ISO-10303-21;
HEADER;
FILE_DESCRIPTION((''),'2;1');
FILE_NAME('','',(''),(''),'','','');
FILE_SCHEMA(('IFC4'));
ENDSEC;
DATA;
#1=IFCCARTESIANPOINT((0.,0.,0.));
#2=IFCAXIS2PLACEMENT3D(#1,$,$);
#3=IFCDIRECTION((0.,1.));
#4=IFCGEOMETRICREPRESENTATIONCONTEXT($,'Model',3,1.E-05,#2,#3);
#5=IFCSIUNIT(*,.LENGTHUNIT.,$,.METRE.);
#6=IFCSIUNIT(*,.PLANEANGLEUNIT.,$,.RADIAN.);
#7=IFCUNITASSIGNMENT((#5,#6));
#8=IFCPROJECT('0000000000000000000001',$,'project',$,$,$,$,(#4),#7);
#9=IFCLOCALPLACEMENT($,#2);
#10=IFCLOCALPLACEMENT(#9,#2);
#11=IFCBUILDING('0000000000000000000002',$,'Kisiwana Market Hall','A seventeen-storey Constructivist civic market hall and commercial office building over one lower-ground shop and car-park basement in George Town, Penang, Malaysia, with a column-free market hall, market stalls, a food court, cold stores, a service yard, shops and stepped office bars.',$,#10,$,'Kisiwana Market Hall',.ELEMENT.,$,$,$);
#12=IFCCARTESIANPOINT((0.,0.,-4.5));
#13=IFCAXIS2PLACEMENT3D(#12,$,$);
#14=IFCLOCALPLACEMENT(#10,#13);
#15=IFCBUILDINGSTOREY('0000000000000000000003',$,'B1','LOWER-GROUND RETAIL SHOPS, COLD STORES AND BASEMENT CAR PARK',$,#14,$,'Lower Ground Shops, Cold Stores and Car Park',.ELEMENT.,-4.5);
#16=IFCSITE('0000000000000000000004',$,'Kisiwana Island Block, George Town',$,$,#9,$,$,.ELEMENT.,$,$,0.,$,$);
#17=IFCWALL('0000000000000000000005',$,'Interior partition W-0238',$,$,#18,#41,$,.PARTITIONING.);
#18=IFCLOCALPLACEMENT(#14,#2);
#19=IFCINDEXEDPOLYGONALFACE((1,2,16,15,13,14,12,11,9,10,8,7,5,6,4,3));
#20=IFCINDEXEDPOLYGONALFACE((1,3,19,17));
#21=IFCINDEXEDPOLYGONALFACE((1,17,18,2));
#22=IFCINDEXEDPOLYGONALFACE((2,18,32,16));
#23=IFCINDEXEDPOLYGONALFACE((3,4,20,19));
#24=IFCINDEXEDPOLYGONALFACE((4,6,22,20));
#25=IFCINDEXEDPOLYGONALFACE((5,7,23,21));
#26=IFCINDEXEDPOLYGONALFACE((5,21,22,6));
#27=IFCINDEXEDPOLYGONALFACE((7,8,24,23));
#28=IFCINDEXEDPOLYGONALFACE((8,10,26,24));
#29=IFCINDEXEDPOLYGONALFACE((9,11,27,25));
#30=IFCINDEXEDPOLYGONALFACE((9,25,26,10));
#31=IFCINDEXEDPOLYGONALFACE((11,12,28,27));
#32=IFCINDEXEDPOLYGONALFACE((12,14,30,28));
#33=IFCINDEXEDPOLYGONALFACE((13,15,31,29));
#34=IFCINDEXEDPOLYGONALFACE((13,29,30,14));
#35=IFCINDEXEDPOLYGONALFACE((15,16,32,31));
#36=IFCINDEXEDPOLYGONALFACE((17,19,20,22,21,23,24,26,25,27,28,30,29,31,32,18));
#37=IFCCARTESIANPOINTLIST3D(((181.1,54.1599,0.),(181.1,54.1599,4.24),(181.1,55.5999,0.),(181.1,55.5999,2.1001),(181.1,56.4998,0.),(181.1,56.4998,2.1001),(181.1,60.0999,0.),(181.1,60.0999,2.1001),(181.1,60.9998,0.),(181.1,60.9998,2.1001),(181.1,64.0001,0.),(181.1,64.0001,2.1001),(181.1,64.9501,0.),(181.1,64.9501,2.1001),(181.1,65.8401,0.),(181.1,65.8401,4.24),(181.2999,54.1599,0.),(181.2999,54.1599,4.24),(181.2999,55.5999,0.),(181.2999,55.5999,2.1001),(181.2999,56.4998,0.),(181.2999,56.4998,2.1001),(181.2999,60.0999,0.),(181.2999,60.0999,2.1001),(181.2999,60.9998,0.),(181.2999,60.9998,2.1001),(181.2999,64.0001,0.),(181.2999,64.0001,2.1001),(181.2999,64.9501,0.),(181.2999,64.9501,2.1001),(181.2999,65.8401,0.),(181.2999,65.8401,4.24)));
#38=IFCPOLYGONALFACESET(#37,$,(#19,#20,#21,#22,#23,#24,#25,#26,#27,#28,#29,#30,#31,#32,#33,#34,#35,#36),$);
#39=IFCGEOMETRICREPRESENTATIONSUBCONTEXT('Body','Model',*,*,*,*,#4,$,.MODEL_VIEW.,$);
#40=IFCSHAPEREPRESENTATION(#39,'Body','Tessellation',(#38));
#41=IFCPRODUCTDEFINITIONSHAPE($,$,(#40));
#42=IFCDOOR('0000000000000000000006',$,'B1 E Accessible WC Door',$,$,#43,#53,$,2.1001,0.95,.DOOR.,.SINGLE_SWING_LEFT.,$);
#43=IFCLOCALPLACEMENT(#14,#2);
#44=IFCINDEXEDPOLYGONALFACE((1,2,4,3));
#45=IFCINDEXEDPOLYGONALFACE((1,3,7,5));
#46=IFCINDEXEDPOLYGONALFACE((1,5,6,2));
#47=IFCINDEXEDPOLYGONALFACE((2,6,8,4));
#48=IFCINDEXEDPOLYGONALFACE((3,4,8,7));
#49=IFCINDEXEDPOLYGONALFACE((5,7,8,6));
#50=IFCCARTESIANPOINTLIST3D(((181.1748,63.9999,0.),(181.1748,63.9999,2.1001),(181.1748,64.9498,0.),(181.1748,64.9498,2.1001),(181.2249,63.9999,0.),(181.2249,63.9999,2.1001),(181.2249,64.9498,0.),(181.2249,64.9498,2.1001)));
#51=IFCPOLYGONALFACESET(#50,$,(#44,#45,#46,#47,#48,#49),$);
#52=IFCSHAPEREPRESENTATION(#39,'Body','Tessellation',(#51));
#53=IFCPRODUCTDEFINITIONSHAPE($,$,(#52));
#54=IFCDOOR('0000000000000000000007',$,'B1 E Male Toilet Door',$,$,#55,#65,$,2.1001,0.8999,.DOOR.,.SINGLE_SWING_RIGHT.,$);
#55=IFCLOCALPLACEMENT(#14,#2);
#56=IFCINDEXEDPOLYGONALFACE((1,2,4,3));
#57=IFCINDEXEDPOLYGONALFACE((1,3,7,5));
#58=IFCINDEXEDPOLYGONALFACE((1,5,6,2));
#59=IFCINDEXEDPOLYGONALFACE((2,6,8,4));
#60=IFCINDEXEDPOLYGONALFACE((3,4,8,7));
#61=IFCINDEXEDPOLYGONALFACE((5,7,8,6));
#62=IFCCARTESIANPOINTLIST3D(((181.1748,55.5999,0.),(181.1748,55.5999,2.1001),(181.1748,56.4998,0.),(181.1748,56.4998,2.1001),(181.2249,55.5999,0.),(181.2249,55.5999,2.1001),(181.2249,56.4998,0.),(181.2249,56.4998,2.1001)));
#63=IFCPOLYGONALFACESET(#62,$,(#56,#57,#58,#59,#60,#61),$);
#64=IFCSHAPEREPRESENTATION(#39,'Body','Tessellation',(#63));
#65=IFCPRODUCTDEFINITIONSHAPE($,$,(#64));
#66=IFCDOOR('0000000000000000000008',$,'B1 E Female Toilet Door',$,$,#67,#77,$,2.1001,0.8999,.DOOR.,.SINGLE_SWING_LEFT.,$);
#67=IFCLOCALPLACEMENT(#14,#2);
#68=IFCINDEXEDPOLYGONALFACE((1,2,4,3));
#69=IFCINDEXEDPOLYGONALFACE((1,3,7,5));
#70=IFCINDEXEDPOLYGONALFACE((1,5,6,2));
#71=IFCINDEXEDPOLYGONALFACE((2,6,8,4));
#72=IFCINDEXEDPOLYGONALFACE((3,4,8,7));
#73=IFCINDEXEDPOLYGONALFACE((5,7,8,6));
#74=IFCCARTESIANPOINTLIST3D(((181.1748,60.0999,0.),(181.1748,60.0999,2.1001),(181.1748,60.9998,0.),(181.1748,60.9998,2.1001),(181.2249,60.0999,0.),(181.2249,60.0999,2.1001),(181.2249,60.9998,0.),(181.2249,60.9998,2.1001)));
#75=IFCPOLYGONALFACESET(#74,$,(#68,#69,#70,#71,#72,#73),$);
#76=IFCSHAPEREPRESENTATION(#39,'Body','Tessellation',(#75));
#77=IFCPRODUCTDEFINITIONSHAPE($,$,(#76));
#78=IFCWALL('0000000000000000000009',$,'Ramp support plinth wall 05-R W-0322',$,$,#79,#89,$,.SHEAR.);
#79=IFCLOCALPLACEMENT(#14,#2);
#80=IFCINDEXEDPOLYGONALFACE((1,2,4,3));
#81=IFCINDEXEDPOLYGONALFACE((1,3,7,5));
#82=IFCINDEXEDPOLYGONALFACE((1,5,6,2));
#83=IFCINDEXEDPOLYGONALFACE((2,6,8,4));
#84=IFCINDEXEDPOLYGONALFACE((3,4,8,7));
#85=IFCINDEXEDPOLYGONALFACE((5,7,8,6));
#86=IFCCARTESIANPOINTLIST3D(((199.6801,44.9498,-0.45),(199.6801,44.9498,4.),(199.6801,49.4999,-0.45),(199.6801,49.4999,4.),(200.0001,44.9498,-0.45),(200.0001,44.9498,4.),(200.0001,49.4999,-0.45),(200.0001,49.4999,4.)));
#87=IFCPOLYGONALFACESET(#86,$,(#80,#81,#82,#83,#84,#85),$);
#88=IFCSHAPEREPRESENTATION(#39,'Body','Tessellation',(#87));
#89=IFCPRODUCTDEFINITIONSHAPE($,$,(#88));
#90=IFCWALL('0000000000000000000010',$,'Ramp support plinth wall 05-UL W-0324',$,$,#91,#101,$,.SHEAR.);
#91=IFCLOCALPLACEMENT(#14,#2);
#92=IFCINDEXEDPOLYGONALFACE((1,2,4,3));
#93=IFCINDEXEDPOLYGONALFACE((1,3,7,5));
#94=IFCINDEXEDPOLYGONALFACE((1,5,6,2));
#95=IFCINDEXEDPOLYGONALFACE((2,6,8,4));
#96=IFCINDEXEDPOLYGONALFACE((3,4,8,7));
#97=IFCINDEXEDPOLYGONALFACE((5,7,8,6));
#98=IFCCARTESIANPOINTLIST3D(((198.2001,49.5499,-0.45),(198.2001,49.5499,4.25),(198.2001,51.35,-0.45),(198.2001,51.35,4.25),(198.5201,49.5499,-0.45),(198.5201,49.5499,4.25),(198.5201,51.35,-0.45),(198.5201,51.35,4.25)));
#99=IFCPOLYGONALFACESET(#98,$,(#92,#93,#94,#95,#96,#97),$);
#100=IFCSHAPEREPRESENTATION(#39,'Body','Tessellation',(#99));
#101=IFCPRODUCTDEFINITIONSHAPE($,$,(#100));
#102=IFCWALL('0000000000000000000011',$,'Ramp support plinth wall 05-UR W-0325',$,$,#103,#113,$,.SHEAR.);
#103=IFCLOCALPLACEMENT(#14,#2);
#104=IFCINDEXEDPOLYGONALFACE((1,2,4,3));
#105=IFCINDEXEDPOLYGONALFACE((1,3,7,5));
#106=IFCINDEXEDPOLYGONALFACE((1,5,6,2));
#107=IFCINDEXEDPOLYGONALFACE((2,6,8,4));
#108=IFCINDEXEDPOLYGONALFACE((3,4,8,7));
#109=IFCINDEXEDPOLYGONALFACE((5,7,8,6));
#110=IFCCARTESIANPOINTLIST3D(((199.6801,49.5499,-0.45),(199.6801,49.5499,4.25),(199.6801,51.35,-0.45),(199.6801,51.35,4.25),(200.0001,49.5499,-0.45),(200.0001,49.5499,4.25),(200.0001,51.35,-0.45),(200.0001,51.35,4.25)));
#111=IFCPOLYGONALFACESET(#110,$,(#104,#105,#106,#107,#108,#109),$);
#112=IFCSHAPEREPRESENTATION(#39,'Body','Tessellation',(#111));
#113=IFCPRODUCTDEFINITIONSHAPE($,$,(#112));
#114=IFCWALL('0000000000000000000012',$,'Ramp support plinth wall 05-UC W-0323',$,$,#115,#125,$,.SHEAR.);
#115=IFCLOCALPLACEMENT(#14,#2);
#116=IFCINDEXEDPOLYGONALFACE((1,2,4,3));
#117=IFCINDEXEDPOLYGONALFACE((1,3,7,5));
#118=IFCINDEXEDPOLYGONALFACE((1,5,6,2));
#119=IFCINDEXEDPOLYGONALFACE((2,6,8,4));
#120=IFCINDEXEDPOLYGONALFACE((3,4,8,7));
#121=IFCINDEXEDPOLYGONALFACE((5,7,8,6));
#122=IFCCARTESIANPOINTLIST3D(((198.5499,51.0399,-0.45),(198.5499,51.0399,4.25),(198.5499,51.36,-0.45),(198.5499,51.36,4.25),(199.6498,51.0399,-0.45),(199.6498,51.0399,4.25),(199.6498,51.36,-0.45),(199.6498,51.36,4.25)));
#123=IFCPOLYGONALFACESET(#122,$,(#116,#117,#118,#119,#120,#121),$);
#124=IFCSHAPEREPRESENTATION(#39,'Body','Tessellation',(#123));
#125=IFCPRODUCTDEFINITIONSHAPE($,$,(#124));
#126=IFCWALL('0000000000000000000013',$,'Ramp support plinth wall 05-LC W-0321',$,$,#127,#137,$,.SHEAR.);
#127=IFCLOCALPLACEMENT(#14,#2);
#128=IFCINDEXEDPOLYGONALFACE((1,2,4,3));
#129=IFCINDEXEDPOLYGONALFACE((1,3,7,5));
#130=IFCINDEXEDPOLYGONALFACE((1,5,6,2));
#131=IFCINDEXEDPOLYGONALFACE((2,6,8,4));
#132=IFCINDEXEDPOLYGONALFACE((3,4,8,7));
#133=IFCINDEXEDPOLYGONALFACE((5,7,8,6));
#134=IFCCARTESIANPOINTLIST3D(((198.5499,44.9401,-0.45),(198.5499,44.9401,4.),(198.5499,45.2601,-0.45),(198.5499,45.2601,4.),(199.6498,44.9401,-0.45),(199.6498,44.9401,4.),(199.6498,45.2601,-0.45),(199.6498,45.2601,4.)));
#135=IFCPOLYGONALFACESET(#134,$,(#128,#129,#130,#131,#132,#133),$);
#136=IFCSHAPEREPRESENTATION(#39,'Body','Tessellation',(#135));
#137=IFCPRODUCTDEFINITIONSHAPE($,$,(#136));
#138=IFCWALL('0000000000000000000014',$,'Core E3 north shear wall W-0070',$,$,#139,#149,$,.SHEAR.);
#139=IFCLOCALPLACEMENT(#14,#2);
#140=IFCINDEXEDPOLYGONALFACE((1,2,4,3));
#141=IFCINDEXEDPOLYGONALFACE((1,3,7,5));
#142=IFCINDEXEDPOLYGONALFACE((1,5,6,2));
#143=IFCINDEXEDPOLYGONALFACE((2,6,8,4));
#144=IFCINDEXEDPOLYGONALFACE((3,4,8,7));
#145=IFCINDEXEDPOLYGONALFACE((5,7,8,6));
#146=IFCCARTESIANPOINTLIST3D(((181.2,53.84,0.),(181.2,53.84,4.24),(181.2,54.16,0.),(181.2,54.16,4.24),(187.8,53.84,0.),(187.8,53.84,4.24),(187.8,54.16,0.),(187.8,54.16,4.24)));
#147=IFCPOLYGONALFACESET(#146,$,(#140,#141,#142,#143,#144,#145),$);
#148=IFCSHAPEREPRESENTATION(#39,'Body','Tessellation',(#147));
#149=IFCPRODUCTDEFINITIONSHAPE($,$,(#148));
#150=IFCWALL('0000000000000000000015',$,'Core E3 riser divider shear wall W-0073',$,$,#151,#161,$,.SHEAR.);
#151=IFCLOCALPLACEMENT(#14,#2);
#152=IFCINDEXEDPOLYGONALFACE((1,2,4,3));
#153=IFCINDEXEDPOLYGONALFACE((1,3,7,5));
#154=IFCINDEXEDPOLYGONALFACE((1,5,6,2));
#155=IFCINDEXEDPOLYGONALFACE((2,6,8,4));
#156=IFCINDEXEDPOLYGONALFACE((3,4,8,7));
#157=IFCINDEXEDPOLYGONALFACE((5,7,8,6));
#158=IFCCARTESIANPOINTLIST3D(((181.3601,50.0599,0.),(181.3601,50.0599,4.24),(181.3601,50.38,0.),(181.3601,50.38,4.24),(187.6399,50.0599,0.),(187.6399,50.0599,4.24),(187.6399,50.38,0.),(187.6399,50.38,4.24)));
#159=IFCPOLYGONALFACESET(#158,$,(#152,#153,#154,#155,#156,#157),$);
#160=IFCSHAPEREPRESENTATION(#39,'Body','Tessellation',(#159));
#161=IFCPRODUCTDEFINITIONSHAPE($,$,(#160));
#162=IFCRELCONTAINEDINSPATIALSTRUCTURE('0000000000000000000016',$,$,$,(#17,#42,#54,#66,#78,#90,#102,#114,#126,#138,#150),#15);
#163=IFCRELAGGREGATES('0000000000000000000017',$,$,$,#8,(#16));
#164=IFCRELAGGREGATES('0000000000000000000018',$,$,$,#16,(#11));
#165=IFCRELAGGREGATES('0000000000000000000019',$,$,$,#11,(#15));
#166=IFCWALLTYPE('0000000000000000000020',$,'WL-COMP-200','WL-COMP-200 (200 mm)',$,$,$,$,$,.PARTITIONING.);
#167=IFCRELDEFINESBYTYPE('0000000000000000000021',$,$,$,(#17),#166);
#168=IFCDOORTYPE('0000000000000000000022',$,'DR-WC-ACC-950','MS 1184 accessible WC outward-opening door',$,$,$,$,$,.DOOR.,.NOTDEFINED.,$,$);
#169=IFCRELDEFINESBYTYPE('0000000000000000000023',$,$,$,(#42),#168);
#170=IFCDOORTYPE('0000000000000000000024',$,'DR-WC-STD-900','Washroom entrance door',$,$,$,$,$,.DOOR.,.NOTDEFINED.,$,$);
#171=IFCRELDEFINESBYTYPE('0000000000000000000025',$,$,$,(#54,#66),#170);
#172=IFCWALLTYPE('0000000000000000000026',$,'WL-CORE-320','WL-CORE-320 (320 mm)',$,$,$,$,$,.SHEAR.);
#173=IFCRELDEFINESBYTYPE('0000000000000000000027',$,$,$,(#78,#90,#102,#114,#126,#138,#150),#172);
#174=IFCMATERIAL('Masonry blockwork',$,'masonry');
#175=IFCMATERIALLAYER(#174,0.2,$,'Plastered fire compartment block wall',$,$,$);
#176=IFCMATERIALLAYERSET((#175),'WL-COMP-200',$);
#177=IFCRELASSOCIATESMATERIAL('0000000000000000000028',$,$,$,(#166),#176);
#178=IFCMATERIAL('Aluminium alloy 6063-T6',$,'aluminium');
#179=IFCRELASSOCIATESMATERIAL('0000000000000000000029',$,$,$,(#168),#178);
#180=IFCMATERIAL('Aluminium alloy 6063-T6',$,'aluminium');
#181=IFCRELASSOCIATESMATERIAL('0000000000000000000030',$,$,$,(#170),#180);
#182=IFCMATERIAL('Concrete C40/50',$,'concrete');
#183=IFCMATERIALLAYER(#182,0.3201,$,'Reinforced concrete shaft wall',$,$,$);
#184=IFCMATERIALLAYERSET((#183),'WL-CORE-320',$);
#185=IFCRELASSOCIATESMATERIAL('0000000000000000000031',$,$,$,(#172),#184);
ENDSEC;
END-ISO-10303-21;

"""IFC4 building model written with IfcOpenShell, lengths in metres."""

from ifc_helpers import new_model, si_unit, direction, frame, frame_2d, origin, place, context, subcontext, project, spatial, rectangle, extrude, material, layer, layer_set, type_object, element, fill, save


model = new_model("IFC4")

# Units and contexts
model_context = context("Model", 3, precision=1e-05, world=origin(), true_north=direction((0.0, 1.0)))
body_context = subcontext(model_context, "Body", "Model", "MODEL_VIEW")
ifc_project = project(units=[si_unit("LENGTHUNIT", "METRE"), si_unit("PLANEANGLEUNIT", "RADIAN")], contexts=[model_context])

# Site, building, storey
site_placement = place(None, origin())
site = spatial("IfcSite", under=ifc_project, at=site_placement, Name="Kisiwana Island Block, George Town", CompositionType="ELEMENT", RefElevation=0.0)
building_placement = place(site_placement, origin())
building = spatial("IfcBuilding", under=site, at=building_placement, Name="Kisiwana Market Hall", Description="A seventeen-storey Constructivist civic market hall and commercial office building over one lower-ground shop and car-park basement in George Town, Penang, Malaysia, with a column-free market hall, market stalls, a food court, cold stores, a service yard, shops and stepped office bars.", LongName="Kisiwana Market Hall", CompositionType="ELEMENT")
storey_placement = place(building_placement, frame((0.0, 0.0, -4.5)))
storey = spatial("IfcBuildingStorey", under=building, at=storey_placement, Name="B1", Description="LOWER-GROUND RETAIL SHOPS, COLD STORES AND BASEMENT CAR PARK", LongName="Lower Ground Shops, Cold Stores and Car Park", CompositionType="ELEMENT", Elevation=-4.5)

# Shared definitions
ifc_material_1 = material(Name="Masonry blockwork", Category="masonry")
ifc_layer_1 = layer(ifc_material_1, 0.2, Name="Plastered fire compartment block wall")
ifc_layer_set_1 = layer_set([ifc_layer_1], Name="WL-COMP-200")
wall_type_1 = type_object("IfcWallType", Name="WL-COMP-200", Description="WL-COMP-200 (200 mm)", PredefinedType="PARTITIONING", material=ifc_layer_set_1)

# Wall, openings, doors
wall_1_placement = place(storey_placement, frame((181.2, 54.1599, 0.0), z_axis=(0.0, 0.0, 1.0), x_axis=(0.0, 1.0, 0.0)))
wall_1 = element("IfcWall", 1, at=wall_1_placement, inside=storey, type_object=wall_type_1, Name="Interior partition W-0238", PredefinedType="PARTITIONING", context=body_context, shape_type="SweptSolid", body=[
    extrude(rectangle(XDim=11.6802, YDim=0.2, at=frame_2d((5.8401, 0.0))), origin(), (0.0, 0.0, 1.0), 4.24),
])
opening_1_placement = place(wall_1_placement, frame((1.4399, 0.0, 0.0)))
opening_1 = element("IfcOpeningElement", 2, at=opening_1_placement, cuts=wall_1, PredefinedType="OPENING", context=body_context, shape_type="SweptSolid", body=[
    extrude(rectangle(XDim=0.8999, YDim=2.1001, at=frame_2d((0.45, 1.05))), frame((0.0, 0.1118, 0.0), z_axis=(0.0, -1.0, 0.0), x_axis=(1.0, 0.0, 0.0)), (0.0, 0.0, 1.0), 0.2239),
])
opening_2_placement = place(wall_1_placement, frame((5.9399, 0.0, 0.0)))
opening_2 = element("IfcOpeningElement", 3, at=opening_2_placement, cuts=wall_1, PredefinedType="OPENING", context=body_context, shape_type="SweptSolid", body=[
    extrude(rectangle(XDim=0.8999, YDim=2.1001, at=frame_2d((0.45, 1.05))), frame((0.0, 0.1118, 0.0), z_axis=(0.0, -1.0, 0.0), x_axis=(1.0, 0.0, 0.0)), (0.0, 0.0, 1.0), 0.2239),
])
opening_3_placement = place(wall_1_placement, frame((9.8401, 0.0, 0.0)))
opening_3 = element("IfcOpeningElement", 4, at=opening_3_placement, cuts=wall_1, PredefinedType="OPENING", context=body_context, shape_type="SweptSolid", body=[
    extrude(rectangle(XDim=0.95, YDim=2.1001, at=frame_2d((0.4751, 1.05))), frame((0.0, 0.1118, 0.0), z_axis=(0.0, -1.0, 0.0), x_axis=(1.0, 0.0, 0.0)), (0.0, 0.0, 1.0), 0.2239),
])
ifc_material_2 = material(Name="Aluminium alloy 6063-T6", Category="aluminium")
door_type_1 = type_object("IfcDoorType", Name="DR-WC-ACC-950", Description="MS 1184 accessible WC outward-opening door", OperationType="NOTDEFINED", PredefinedType="DOOR", material=ifc_material_2)
door_1_placement = place(opening_3_placement, frame((0.95, 0.0, 0.0), z_axis=(0.0, 0.0, 1.0), x_axis=(-1.0, 0.0, 0.0)))
door_1 = element("IfcDoor", 5, at=door_1_placement, inside=storey, type_object=door_type_1, Name="B1 E Accessible WC Door", OperationType="SINGLE_SWING_LEFT", OverallHeight=2.1001, OverallWidth=0.95, PredefinedType="DOOR", context=body_context, shape_type="SweptSolid", body=[
    extrude(rectangle(XDim=0.95, YDim=2.1001, at=frame_2d((0.4751, 1.05))), frame((0.0, 0.0249, 0.0), z_axis=(0.0, -1.0, 0.0), x_axis=(1.0, 0.0, 0.0)), (0.0, 0.0, 1.0), 0.05),
])
fill(opening_3, door_1)
ifc_material_3 = material(Name="Aluminium alloy 6063-T6", Category="aluminium")
door_type_2 = type_object("IfcDoorType", Name="DR-WC-STD-900", Description="Washroom entrance door", OperationType="NOTDEFINED", PredefinedType="DOOR", material=ifc_material_3)
door_2_placement = place(opening_1_placement, frame((0.8999, 0.0, 0.0), z_axis=(0.0, 0.0, 1.0), x_axis=(-1.0, 0.0, 0.0)))
door_2 = element("IfcDoor", 6, at=door_2_placement, inside=storey, type_object=door_type_2, Name="B1 E Male Toilet Door", OperationType="SINGLE_SWING_RIGHT", OverallHeight=2.1001, OverallWidth=0.8999, PredefinedType="DOOR", context=body_context, shape_type="SweptSolid", body=[
    extrude(rectangle(XDim=0.8999, YDim=2.1001, at=frame_2d((0.45, 1.05))), frame((0.0, 0.0249, 0.0), z_axis=(0.0, -1.0, 0.0), x_axis=(1.0, 0.0, 0.0)), (0.0, 0.0, 1.0), 0.05),
])
fill(opening_1, door_2)
door_3_placement = place(opening_2_placement, frame((0.8999, 0.0, 0.0), z_axis=(0.0, 0.0, 1.0), x_axis=(-1.0, 0.0, 0.0)))
door_3 = element("IfcDoor", 7, at=door_3_placement, inside=storey, type_object=door_type_2, Name="B1 E Female Toilet Door", OperationType="SINGLE_SWING_LEFT", OverallHeight=2.1001, OverallWidth=0.8999, PredefinedType="DOOR", context=body_context, shape_type="SweptSolid", body=[
    extrude(rectangle(XDim=0.8999, YDim=2.1001, at=frame_2d((0.45, 1.05))), frame((0.0, 0.0249, 0.0), z_axis=(0.0, -1.0, 0.0), x_axis=(1.0, 0.0, 0.0)), (0.0, 0.0, 1.0), 0.05),
])
fill(opening_2, door_3)

# Walls
ifc_material_4 = material(Name="Concrete C40/50", Category="concrete")
ifc_layer_2 = layer(ifc_material_4, 0.3201, Name="Reinforced concrete shaft wall")
ifc_layer_set_2 = layer_set([ifc_layer_2], Name="WL-CORE-320")
wall_type_2 = type_object("IfcWallType", Name="WL-CORE-320", Description="WL-CORE-320 (320 mm)", PredefinedType="SHEAR", material=ifc_layer_set_2)
wall_2_placement = place(storey_placement, frame((199.8401, 44.95, -0.45), z_axis=(0.0, 0.0, 1.0), x_axis=(0.0, 1.0, 0.0)))
element("IfcWall", 8, at=wall_2_placement, inside=storey, type_object=wall_type_2, Name="Ramp support plinth wall 05-R W-0322", PredefinedType="SHEAR", context=body_context, shape_type="SweptSolid", body=[
    extrude(rectangle(XDim=4.55, YDim=0.3201, at=frame_2d((2.2749, 0.0))), origin(), (0.0, 0.0, 1.0), 4.45),
])
for number, where, z_axis, x_axis, name in (
    (9, (198.3601, 49.55, -0.45), (0.0, 0.0, 1.0), (0.0, 1.0, 0.0), "Ramp support plinth wall 05-UL W-0324"),
    (10, (199.8401, 49.55, -0.45), (0.0, 0.0, 1.0), (0.0, 1.0, 0.0), "Ramp support plinth wall 05-UR W-0325"),
):
    element("IfcWall", number, at=place(storey_placement, frame(where, z_axis=z_axis, x_axis=x_axis)), inside=storey, type_object=wall_type_2, Name=name, PredefinedType="SHEAR", context=body_context, shape_type="SweptSolid", body=[
        extrude(rectangle(XDim=1.8, YDim=0.3201, at=frame_2d((0.8999, 0.0))), origin(), (0.0, 0.0, 1.0), 4.7),
    ])
wall_3_placement = place(storey_placement, frame((198.55, 51.2, -0.45), z_axis=(0.0, 0.0, 1.0), x_axis=(1.0, 0.0, 0.0)))
element("IfcWall", 11, at=wall_3_placement, inside=storey, type_object=wall_type_2, Name="Ramp support plinth wall 05-UC W-0323", PredefinedType="SHEAR", context=body_context, shape_type="SweptSolid", body=[
    extrude(rectangle(XDim=1.0999, YDim=0.3201, at=frame_2d((0.5498, 0.0))), origin(), (0.0, 0.0, 1.0), 4.7),
])
wall_4_placement = place(storey_placement, frame((198.55, 45.1001, -0.45), z_axis=(0.0, 0.0, 1.0), x_axis=(1.0, 0.0, 0.0)))
element("IfcWall", 12, at=wall_4_placement, inside=storey, type_object=wall_type_2, Name="Ramp support plinth wall 05-LC W-0321", PredefinedType="SHEAR", context=body_context, shape_type="SweptSolid", body=[
    extrude(rectangle(XDim=1.0999, YDim=0.3201, at=frame_2d((0.5498, 0.0))), origin(), (0.0, 0.0, 1.0), 4.45),
])
wall_5_placement = place(storey_placement, frame((181.2, 54.0, 0.0), z_axis=(0.0, 0.0, 1.0), x_axis=(1.0, 0.0, 0.0)))
element("IfcWall", 13, at=wall_5_placement, inside=storey, type_object=wall_type_2, Name="Core E3 north shear wall W-0070", PredefinedType="SHEAR", context=body_context, shape_type="SweptSolid", body=[
    extrude(rectangle(XDim=6.6001, YDim=0.3201, at=frame_2d((3.3, 0.0))), origin(), (0.0, 0.0, 1.0), 4.24),
])
wall_6_placement = place(storey_placement, frame((181.3601, 50.22, 0.0), z_axis=(0.0, 0.0, 1.0), x_axis=(1.0, 0.0, 0.0)))
element("IfcWall", 14, at=wall_6_placement, inside=storey, type_object=wall_type_2, Name="Core E3 riser divider shear wall W-0073", PredefinedType="SHEAR", context=body_context, shape_type="SweptSolid", body=[
    extrude(rectangle(XDim=6.2798, YDim=0.3201, at=frame_2d((3.1399, 0.0))), origin(), (0.0, 0.0, 1.0), 4.24),
])

save(model, "model.ifc")
